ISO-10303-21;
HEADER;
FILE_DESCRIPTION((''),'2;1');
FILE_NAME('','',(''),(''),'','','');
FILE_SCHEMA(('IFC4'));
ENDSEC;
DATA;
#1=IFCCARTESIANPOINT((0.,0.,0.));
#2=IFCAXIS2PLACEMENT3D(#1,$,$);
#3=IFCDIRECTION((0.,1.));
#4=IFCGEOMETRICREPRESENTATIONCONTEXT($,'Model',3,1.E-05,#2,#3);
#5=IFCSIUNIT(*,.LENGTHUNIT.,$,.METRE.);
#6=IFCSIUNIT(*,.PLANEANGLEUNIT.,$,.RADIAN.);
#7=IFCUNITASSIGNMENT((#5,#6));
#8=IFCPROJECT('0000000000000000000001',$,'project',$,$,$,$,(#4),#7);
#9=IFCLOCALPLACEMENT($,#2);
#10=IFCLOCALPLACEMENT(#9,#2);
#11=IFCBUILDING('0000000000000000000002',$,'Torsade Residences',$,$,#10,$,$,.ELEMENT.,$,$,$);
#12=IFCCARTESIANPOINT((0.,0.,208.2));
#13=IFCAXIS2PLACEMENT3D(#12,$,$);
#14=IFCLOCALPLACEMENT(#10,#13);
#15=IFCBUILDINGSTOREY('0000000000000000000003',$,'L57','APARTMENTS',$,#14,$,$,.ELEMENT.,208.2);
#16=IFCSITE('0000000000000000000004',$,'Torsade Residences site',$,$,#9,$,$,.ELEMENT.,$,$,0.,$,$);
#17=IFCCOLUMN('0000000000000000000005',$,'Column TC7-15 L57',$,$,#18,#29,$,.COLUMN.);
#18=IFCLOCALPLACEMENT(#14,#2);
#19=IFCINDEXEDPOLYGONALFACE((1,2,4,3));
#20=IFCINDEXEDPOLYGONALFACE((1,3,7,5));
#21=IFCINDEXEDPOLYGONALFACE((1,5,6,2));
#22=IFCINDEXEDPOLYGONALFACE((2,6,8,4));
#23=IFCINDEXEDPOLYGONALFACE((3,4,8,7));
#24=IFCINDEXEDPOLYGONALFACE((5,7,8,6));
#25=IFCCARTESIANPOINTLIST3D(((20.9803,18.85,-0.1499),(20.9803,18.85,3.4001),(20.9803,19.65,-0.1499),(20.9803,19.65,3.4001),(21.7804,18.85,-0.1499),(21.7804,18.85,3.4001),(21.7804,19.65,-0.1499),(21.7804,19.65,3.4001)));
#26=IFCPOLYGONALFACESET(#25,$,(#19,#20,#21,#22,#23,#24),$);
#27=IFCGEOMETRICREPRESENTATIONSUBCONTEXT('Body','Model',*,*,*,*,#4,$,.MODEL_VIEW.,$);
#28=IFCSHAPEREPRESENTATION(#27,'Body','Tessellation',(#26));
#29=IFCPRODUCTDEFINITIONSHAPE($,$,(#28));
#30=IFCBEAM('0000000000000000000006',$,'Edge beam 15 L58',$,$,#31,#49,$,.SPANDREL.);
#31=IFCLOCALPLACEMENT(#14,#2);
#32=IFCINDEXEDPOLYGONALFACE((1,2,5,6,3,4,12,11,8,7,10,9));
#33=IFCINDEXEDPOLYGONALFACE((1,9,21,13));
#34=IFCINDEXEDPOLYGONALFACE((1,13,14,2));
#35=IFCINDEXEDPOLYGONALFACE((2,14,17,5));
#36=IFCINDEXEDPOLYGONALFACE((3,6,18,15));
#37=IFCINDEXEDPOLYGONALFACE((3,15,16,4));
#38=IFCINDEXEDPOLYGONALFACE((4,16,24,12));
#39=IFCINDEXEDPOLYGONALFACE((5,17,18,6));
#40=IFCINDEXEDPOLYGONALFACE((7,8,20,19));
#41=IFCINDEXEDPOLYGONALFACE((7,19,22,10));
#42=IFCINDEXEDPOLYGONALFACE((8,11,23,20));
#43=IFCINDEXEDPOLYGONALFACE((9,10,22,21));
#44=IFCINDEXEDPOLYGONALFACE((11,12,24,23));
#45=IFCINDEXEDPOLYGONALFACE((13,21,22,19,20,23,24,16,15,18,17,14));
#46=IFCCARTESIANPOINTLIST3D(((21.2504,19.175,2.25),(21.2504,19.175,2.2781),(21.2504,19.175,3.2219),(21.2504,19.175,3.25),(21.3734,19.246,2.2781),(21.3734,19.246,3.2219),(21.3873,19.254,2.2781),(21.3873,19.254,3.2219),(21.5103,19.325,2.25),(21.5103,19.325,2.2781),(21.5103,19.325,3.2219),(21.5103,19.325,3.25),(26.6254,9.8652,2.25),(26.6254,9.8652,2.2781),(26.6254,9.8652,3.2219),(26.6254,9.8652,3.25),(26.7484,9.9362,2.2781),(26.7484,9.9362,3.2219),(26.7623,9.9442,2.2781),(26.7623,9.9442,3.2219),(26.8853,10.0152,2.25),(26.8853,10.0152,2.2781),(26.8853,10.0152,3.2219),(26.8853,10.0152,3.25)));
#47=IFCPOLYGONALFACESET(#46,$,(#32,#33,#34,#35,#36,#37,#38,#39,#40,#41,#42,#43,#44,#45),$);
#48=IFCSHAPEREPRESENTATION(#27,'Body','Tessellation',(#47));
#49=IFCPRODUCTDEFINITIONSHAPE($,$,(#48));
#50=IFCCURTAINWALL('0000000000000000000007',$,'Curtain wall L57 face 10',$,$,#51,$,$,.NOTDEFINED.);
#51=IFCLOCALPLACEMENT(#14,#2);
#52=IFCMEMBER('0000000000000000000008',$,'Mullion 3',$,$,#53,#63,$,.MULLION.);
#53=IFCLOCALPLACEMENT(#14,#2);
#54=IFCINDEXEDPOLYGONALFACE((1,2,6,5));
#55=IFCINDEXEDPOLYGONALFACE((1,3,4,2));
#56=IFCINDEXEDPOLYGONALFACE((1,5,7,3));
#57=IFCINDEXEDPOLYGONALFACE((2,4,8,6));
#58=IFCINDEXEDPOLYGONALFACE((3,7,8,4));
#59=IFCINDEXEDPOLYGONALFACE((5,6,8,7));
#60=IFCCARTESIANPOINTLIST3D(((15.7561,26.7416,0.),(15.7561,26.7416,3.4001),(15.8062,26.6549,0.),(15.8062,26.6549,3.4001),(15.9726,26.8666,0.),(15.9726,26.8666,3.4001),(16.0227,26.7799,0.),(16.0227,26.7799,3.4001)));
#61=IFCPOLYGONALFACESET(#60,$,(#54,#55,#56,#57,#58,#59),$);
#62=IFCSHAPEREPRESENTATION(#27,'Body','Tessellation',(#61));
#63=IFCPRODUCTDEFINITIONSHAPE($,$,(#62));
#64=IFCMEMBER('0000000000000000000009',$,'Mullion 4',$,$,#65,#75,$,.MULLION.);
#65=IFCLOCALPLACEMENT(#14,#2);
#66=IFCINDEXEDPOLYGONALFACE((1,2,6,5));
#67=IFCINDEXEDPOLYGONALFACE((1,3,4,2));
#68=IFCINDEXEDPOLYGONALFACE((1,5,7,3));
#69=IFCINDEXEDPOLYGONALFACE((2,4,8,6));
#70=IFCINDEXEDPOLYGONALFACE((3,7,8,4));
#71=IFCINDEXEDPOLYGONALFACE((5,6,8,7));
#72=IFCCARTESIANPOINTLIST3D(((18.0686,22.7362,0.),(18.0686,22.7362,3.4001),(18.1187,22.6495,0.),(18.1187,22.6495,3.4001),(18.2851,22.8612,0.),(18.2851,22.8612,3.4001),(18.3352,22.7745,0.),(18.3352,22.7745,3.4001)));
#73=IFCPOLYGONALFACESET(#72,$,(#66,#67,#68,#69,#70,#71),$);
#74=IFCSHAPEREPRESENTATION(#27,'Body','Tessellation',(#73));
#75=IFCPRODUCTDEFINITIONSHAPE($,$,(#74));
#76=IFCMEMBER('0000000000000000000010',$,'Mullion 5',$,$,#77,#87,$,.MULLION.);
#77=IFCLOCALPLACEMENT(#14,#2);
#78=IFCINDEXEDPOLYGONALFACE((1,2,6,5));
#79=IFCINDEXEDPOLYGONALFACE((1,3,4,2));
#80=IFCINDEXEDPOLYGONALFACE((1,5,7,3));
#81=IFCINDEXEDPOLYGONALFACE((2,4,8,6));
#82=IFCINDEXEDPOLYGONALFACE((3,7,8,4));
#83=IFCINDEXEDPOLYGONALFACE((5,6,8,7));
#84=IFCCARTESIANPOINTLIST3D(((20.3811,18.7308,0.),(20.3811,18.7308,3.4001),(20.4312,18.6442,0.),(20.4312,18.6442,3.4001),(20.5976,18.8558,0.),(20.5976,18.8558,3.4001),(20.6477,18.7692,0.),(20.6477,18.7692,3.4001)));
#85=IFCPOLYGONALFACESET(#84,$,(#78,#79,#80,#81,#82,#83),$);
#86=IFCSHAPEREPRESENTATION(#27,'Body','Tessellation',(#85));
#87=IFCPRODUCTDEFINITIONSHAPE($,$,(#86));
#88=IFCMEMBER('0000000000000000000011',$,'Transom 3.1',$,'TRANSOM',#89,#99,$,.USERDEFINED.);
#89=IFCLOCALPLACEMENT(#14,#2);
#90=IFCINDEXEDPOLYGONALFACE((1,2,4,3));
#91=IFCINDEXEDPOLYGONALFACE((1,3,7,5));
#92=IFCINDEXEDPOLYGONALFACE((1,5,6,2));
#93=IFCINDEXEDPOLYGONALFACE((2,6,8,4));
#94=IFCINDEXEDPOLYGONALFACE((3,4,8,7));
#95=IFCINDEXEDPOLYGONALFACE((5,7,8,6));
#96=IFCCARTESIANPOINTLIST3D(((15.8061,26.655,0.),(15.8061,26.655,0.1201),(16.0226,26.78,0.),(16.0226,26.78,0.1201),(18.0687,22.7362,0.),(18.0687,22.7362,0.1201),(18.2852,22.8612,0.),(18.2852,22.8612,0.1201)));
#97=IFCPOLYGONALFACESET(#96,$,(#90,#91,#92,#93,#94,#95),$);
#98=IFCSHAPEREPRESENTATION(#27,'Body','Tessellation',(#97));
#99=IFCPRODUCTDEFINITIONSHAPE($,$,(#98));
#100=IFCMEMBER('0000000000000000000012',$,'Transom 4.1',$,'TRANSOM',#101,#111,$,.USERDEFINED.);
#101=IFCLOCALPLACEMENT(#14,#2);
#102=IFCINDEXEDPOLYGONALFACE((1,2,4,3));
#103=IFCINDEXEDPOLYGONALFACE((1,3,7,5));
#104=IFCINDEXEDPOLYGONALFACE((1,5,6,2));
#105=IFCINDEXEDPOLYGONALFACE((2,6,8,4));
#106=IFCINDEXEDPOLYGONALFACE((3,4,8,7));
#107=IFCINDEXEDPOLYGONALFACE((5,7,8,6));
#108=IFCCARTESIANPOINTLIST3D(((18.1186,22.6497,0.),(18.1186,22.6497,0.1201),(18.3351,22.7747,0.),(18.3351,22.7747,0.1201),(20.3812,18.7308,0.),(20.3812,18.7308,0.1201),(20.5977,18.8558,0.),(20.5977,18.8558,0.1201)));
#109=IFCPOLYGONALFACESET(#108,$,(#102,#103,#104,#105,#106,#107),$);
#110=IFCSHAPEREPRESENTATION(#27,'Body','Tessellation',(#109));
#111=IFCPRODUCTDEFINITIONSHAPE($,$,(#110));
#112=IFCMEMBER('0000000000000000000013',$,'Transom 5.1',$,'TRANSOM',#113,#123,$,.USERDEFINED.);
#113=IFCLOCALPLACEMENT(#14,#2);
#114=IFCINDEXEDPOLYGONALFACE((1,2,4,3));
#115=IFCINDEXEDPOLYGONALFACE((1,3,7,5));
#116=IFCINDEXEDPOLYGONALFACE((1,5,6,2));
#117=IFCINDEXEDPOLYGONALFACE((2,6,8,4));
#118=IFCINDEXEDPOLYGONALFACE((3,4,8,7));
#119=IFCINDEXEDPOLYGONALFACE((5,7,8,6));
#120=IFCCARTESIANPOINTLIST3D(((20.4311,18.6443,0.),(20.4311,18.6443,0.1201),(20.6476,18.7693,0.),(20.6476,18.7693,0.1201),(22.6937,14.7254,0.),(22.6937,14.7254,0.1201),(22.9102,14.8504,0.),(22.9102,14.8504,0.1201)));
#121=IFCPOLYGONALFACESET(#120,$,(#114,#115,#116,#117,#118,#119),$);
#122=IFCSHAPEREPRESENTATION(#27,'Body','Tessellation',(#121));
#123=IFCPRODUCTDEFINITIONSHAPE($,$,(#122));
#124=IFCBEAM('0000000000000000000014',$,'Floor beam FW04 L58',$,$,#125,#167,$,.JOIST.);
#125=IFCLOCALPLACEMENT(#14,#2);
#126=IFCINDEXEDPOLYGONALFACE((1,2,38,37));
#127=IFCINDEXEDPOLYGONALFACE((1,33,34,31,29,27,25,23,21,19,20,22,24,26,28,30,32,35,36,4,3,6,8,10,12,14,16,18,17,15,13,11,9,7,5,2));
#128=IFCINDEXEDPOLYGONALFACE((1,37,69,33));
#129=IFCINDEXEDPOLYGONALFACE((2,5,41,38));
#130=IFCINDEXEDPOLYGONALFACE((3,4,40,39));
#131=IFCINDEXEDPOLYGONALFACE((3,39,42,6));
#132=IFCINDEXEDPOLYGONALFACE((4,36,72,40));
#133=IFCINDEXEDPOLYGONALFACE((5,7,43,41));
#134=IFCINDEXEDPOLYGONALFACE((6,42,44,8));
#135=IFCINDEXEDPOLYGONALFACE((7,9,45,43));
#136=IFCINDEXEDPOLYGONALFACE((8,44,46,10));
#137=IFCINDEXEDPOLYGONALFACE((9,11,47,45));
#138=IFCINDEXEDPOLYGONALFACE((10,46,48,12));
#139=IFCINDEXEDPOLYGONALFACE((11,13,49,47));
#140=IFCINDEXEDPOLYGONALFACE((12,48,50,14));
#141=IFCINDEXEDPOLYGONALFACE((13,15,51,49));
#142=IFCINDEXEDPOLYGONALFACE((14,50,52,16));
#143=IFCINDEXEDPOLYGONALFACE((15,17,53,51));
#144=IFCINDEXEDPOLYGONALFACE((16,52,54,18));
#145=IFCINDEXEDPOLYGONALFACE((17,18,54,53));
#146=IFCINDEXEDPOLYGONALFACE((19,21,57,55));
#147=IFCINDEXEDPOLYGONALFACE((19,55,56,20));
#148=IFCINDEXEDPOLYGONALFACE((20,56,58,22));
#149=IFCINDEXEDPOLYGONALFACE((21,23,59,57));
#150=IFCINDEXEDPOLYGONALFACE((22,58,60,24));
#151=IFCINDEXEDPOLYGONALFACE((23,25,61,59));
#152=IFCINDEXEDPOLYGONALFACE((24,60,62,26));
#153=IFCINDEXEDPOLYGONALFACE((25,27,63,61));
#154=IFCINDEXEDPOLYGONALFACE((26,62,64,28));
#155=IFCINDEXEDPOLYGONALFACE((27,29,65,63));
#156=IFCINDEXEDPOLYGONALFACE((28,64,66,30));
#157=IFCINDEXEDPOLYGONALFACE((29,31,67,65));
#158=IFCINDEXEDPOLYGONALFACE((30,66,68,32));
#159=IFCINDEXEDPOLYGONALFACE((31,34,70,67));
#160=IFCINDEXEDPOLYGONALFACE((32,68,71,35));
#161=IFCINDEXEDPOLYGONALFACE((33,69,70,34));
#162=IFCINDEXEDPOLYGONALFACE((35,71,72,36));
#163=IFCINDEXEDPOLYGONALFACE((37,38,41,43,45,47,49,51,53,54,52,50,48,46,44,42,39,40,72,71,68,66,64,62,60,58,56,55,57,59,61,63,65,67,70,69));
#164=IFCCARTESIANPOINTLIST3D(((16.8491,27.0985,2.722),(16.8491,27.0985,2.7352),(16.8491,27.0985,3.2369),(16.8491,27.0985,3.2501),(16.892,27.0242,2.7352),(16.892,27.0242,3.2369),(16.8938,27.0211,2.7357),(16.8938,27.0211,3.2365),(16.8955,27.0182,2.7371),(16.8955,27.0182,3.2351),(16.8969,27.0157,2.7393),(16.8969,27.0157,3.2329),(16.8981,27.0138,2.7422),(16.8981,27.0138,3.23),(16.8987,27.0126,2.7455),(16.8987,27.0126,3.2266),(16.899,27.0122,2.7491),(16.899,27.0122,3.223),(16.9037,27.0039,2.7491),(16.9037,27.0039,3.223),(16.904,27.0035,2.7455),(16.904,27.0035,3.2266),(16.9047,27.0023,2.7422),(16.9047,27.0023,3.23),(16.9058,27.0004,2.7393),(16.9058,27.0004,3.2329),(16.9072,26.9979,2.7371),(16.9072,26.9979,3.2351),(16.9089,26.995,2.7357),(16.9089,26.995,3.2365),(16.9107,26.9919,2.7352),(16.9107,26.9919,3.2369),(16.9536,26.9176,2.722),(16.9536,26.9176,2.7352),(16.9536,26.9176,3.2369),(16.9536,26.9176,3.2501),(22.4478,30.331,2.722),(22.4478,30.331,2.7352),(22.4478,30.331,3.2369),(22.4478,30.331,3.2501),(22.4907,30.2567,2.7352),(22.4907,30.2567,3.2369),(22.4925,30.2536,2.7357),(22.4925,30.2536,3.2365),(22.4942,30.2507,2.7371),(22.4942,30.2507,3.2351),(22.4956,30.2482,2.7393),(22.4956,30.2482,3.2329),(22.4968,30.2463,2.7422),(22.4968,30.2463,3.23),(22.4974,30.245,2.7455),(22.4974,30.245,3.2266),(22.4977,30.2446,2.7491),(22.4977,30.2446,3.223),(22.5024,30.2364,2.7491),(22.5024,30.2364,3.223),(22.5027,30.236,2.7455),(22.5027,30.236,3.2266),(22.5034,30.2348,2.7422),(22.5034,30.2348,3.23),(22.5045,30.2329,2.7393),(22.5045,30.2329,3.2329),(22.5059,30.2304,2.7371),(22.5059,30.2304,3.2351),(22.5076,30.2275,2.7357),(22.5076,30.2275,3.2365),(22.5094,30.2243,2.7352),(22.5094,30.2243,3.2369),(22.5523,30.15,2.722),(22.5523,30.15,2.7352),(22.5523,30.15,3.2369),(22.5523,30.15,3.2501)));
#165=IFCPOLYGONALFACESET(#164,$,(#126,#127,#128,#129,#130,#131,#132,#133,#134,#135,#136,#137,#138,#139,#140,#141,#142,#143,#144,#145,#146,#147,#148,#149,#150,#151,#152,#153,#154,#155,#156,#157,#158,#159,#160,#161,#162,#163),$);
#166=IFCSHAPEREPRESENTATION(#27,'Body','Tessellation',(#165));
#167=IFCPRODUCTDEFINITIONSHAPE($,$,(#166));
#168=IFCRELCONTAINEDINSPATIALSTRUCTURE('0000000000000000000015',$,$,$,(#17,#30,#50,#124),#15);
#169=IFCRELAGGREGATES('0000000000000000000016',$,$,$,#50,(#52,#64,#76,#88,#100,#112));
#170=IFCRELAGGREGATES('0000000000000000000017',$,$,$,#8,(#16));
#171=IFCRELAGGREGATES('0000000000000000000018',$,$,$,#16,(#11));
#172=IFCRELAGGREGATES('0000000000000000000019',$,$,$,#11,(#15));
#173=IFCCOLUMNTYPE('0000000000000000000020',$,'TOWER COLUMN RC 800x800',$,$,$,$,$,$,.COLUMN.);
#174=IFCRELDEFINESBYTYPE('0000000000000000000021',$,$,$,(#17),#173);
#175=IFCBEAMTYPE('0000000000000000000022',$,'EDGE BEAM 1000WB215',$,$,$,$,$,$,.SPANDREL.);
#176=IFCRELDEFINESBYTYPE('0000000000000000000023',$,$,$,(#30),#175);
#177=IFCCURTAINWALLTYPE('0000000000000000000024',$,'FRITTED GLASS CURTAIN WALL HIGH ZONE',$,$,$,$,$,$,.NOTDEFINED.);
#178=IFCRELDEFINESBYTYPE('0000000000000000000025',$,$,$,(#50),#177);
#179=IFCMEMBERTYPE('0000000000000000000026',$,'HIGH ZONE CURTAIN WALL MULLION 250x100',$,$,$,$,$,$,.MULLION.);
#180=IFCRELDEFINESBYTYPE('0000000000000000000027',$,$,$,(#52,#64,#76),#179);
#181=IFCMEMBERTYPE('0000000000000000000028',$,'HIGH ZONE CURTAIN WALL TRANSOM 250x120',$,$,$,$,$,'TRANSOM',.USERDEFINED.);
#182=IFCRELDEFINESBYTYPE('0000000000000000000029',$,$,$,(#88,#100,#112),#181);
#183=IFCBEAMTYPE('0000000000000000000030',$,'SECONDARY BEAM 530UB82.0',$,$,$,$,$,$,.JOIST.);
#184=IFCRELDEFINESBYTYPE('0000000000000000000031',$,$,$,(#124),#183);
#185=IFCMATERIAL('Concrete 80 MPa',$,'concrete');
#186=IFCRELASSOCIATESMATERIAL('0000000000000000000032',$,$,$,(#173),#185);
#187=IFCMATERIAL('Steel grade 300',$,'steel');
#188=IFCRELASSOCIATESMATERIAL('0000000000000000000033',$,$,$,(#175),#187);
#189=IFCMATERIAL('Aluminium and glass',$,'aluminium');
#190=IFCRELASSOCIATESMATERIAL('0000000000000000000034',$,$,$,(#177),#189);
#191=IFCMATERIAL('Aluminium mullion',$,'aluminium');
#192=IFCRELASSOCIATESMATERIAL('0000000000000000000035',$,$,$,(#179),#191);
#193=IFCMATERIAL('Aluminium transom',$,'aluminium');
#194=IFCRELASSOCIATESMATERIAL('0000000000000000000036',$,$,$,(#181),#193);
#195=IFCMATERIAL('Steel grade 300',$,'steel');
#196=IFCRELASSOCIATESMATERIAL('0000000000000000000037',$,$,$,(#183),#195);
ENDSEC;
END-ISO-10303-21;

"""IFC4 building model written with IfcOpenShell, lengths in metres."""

from ifc_helpers import new_model, si_unit, direction, frame, origin, origin_2d, place, context, subcontext, project, spatial, rectangle, i_section, extrude, material, material_profile, profile_set, type_object, element, aggregate, save


model = new_model("IFC4")

# Units and contexts
model_context = context("Model", 3, precision=1e-05, world=origin(), true_north=direction((0.0, 1.0)))
body_context = subcontext(model_context, "Body", "Model", "MODEL_VIEW")
ifc_project = project(units=[si_unit("LENGTHUNIT", "METRE"), si_unit("PLANEANGLEUNIT", "RADIAN")], contexts=[model_context])

# Site, building, storey
site_placement = place(None, origin())
site = spatial("IfcSite", under=ifc_project, at=site_placement, Name="Torsade Residences site", CompositionType="ELEMENT", RefElevation=0.0)
building_placement = place(site_placement, origin())
building = spatial("IfcBuilding", under=site, at=building_placement, Name="Torsade Residences", CompositionType="ELEMENT")
storey_placement = place(building_placement, frame((0.0, 0.0, 208.2)))
storey = spatial("IfcBuildingStorey", under=building, at=storey_placement, Name="L57", Description="APARTMENTS", CompositionType="ELEMENT", Elevation=208.2)

# Column
ifc_material_1 = material(Name="Concrete 80 MPa", Category="concrete")
ifc_material_profile_1 = material_profile(ifc_material_1, rectangle(XDim=0.8, YDim=0.8, at=origin_2d()), Name="RC 800x800")
ifc_profile_set_1 = profile_set([ifc_material_profile_1], Name="Concrete 80 MPa")
column_type = type_object("IfcColumnType", Name="TOWER COLUMN RC 800x800", PredefinedType="COLUMN", material=ifc_profile_set_1)
column_placement = place(storey_placement, frame((21.3804, 19.25, -0.1499), z_axis=(0.0, 0.0, 1.0), x_axis=(1.0, 0.0, 0.0)))
element("IfcColumn", 1, at=column_placement, inside=storey, type_object=column_type, Name="Column TC7-15 L57", PredefinedType="COLUMN", context=body_context, shape_type="SweptSolid", body=[
    extrude(rectangle(XDim=0.8, YDim=0.8, at=origin_2d()), origin(), (0.0, 0.0, 1.0), 3.55),
])

# Beam
ifc_material_2 = material(Name="Steel grade 300", Category="steel")
ifc_material_profile_2 = material_profile(ifc_material_2, i_section(OverallWidth=0.3, OverallDepth=1.0, WebThickness=0.0161, FlangeThickness=0.0281, at=origin_2d()), Name="1000WB215")
ifc_profile_set_2 = profile_set([ifc_material_profile_2], Name="Steel grade 300")
beam_type_1 = type_object("IfcBeamType", Name="EDGE BEAM 1000WB215", PredefinedType="SPANDREL", material=ifc_profile_set_2)
beam_1_placement = place(storey_placement, frame((21.3804, 19.25, 2.75), z_axis=(0.499998, -0.866026, 0.0), x_axis=(0.866026, 0.499998, 0.0)))
element("IfcBeam", 2, at=beam_1_placement, inside=storey, type_object=beam_type_1, Name="Edge beam 15 L58", PredefinedType="SPANDREL", context=body_context, shape_type="SweptSolid", body=[
    extrude(i_section(OverallWidth=0.3, OverallDepth=1.0, WebThickness=0.0161, FlangeThickness=0.0281, at=origin_2d()), origin(), (0.0, 0.0, 1.0), 10.75),
])

# Curtain wall, members
ifc_material_3 = material(Name="Aluminium and glass", Category="aluminium")
curtain_wall_type = type_object("IfcCurtainWallType", Name="FRITTED GLASS CURTAIN WALL HIGH ZONE", PredefinedType="NOTDEFINED", material=ifc_material_3)
curtain_wall_placement = place(storey_placement, origin())
curtain_wall = element("IfcCurtainWall", 3, at=curtain_wall_placement, inside=storey, type_object=curtain_wall_type, Name="Curtain wall L57 face 10", PredefinedType="NOTDEFINED")
ifc_material_4 = material(Name="Aluminium mullion", Category="aluminium")
ifc_material_profile_3 = material_profile(ifc_material_4, rectangle(XDim=0.25, YDim=0.1001, at=origin_2d()), Name="HIGH ZONE CURTAIN WALL MULLION 250x100")
ifc_profile_set_3 = profile_set([ifc_material_profile_3], Name="Aluminium mullion")
member_type_1 = type_object("IfcMemberType", Name="HIGH ZONE CURTAIN WALL MULLION 250x100", PredefinedType="MULLION", material=ifc_profile_set_3)
member_1_placement = place(storey_placement, frame((15.8894, 26.7607, 0.0), z_axis=(0.0, 0.0, 1.0), x_axis=(0.866025, 0.5, 0.0)))
member_1 = element("IfcMember", 4, at=member_1_placement, type_object=member_type_1, Name="Mullion 3", PredefinedType="MULLION", context=body_context, shape_type="SweptSolid", body=[
    extrude(rectangle(XDim=0.25, YDim=0.1001, at=origin_2d()), origin(), (0.0, 0.0, 1.0), 3.4001),
])
member_2_placement = place(storey_placement, frame((18.2019, 22.7554, 0.0), z_axis=(0.0, 0.0, 1.0), x_axis=(0.866025, 0.5, 0.0)))
member_2 = element("IfcMember", 5, at=member_2_placement, type_object=member_type_1, Name="Mullion 4", PredefinedType="MULLION", context=body_context, shape_type="SweptSolid", body=[
    extrude(rectangle(XDim=0.25, YDim=0.1001, at=origin_2d()), origin(), (0.0, 0.0, 1.0), 3.4001),
])
member_3_placement = place(storey_placement, frame((20.5144, 18.75, 0.0), z_axis=(0.0, 0.0, 1.0), x_axis=(0.866025, 0.5, 0.0)))
member_3 = element("IfcMember", 6, at=member_3_placement, type_object=member_type_1, Name="Mullion 5", PredefinedType="MULLION", context=body_context, shape_type="SweptSolid", body=[
    extrude(rectangle(XDim=0.25, YDim=0.1001, at=origin_2d()), origin(), (0.0, 0.0, 1.0), 3.4001),
])
ifc_material_5 = material(Name="Aluminium transom", Category="aluminium")
ifc_material_profile_4 = material_profile(ifc_material_5, rectangle(XDim=0.25, YDim=0.1201, at=origin_2d()), Name="HIGH ZONE CURTAIN WALL TRANSOM 250x120")
ifc_profile_set_4 = profile_set([ifc_material_profile_4], Name="Aluminium transom")
member_type_2 = type_object("IfcMemberType", Name="HIGH ZONE CURTAIN WALL TRANSOM 250x120", ElementType="TRANSOM", PredefinedType="USERDEFINED", material=ifc_profile_set_4)
member_4_placement = place(storey_placement, frame((15.9143, 26.7175, 0.0601), z_axis=(0.500015, -0.866017, 0.0), x_axis=(0.866017, 0.500015, 0.0)))
member_4 = element("IfcMember", 7, at=member_4_placement, type_object=member_type_2, Name="Transom 3.1", ObjectType="TRANSOM", PredefinedType="USERDEFINED", context=body_context, shape_type="SweptSolid", body=[
    extrude(rectangle(XDim=0.25, YDim=0.1201, at=origin_2d()), origin(), (0.0, 0.0, 1.0), 4.5251),
])
member_5_placement = place(storey_placement, frame((18.2268, 22.7122, 0.0601), z_axis=(0.500015, -0.866017, 0.0), x_axis=(0.866017, 0.500015, 0.0)))
member_5 = element("IfcMember", 8, at=member_5_placement, type_object=member_type_2, Name="Transom 4.1", ObjectType="TRANSOM", PredefinedType="USERDEFINED", context=body_context, shape_type="SweptSolid", body=[
    extrude(rectangle(XDim=0.25, YDim=0.1201, at=origin_2d()), origin(), (0.0, 0.0, 1.0), 4.5251),
])
member_6_placement = place(storey_placement, frame((20.5393, 18.7068, 0.0601), z_axis=(0.500015, -0.866017, 0.0), x_axis=(0.866017, 0.500015, 0.0)))
member_6 = element("IfcMember", 9, at=member_6_placement, type_object=member_type_2, Name="Transom 5.1", ObjectType="TRANSOM", PredefinedType="USERDEFINED", context=body_context, shape_type="SweptSolid", body=[
    extrude(rectangle(XDim=0.25, YDim=0.1201, at=origin_2d()), origin(), (0.0, 0.0, 1.0), 4.5251),
])

# Beam
ifc_material_6 = material(Name="Steel grade 300", Category="steel")
ifc_material_profile_5 = material_profile(ifc_material_6, i_section(OverallWidth=0.209, OverallDepth=0.5281, WebThickness=0.0095, FlangeThickness=0.0132, FilletRadius=0.0139, at=origin_2d()), Name="530UB82.0")
ifc_profile_set_5 = profile_set([ifc_material_profile_5], Name="Steel grade 300")
beam_type_2 = type_object("IfcBeamType", Name="SECONDARY BEAM 530UB82.0", PredefinedType="JOIST", material=ifc_profile_set_5)
beam_2_placement = place(storey_placement, frame((16.9014, 27.0081, 2.9861), z_axis=(0.866022, 0.500006, 0.0), x_axis=(-0.500006, 0.866022, 0.0)))
element("IfcBeam", 10, at=beam_2_placement, inside=storey, type_object=beam_type_2, Name="Floor beam FW04 L58", PredefinedType="JOIST", context=body_context, shape_type="SweptSolid", body=[
    extrude(i_section(OverallWidth=0.209, OverallDepth=0.5281, WebThickness=0.0095, FlangeThickness=0.0132, FilletRadius=0.0139, at=origin_2d()), origin(), (0.0, 0.0, 1.0), 6.4648),
])

aggregate(curtain_wall, [member_1, member_2, member_3, member_4, member_5, member_6])

save(model, "model.ifc")
